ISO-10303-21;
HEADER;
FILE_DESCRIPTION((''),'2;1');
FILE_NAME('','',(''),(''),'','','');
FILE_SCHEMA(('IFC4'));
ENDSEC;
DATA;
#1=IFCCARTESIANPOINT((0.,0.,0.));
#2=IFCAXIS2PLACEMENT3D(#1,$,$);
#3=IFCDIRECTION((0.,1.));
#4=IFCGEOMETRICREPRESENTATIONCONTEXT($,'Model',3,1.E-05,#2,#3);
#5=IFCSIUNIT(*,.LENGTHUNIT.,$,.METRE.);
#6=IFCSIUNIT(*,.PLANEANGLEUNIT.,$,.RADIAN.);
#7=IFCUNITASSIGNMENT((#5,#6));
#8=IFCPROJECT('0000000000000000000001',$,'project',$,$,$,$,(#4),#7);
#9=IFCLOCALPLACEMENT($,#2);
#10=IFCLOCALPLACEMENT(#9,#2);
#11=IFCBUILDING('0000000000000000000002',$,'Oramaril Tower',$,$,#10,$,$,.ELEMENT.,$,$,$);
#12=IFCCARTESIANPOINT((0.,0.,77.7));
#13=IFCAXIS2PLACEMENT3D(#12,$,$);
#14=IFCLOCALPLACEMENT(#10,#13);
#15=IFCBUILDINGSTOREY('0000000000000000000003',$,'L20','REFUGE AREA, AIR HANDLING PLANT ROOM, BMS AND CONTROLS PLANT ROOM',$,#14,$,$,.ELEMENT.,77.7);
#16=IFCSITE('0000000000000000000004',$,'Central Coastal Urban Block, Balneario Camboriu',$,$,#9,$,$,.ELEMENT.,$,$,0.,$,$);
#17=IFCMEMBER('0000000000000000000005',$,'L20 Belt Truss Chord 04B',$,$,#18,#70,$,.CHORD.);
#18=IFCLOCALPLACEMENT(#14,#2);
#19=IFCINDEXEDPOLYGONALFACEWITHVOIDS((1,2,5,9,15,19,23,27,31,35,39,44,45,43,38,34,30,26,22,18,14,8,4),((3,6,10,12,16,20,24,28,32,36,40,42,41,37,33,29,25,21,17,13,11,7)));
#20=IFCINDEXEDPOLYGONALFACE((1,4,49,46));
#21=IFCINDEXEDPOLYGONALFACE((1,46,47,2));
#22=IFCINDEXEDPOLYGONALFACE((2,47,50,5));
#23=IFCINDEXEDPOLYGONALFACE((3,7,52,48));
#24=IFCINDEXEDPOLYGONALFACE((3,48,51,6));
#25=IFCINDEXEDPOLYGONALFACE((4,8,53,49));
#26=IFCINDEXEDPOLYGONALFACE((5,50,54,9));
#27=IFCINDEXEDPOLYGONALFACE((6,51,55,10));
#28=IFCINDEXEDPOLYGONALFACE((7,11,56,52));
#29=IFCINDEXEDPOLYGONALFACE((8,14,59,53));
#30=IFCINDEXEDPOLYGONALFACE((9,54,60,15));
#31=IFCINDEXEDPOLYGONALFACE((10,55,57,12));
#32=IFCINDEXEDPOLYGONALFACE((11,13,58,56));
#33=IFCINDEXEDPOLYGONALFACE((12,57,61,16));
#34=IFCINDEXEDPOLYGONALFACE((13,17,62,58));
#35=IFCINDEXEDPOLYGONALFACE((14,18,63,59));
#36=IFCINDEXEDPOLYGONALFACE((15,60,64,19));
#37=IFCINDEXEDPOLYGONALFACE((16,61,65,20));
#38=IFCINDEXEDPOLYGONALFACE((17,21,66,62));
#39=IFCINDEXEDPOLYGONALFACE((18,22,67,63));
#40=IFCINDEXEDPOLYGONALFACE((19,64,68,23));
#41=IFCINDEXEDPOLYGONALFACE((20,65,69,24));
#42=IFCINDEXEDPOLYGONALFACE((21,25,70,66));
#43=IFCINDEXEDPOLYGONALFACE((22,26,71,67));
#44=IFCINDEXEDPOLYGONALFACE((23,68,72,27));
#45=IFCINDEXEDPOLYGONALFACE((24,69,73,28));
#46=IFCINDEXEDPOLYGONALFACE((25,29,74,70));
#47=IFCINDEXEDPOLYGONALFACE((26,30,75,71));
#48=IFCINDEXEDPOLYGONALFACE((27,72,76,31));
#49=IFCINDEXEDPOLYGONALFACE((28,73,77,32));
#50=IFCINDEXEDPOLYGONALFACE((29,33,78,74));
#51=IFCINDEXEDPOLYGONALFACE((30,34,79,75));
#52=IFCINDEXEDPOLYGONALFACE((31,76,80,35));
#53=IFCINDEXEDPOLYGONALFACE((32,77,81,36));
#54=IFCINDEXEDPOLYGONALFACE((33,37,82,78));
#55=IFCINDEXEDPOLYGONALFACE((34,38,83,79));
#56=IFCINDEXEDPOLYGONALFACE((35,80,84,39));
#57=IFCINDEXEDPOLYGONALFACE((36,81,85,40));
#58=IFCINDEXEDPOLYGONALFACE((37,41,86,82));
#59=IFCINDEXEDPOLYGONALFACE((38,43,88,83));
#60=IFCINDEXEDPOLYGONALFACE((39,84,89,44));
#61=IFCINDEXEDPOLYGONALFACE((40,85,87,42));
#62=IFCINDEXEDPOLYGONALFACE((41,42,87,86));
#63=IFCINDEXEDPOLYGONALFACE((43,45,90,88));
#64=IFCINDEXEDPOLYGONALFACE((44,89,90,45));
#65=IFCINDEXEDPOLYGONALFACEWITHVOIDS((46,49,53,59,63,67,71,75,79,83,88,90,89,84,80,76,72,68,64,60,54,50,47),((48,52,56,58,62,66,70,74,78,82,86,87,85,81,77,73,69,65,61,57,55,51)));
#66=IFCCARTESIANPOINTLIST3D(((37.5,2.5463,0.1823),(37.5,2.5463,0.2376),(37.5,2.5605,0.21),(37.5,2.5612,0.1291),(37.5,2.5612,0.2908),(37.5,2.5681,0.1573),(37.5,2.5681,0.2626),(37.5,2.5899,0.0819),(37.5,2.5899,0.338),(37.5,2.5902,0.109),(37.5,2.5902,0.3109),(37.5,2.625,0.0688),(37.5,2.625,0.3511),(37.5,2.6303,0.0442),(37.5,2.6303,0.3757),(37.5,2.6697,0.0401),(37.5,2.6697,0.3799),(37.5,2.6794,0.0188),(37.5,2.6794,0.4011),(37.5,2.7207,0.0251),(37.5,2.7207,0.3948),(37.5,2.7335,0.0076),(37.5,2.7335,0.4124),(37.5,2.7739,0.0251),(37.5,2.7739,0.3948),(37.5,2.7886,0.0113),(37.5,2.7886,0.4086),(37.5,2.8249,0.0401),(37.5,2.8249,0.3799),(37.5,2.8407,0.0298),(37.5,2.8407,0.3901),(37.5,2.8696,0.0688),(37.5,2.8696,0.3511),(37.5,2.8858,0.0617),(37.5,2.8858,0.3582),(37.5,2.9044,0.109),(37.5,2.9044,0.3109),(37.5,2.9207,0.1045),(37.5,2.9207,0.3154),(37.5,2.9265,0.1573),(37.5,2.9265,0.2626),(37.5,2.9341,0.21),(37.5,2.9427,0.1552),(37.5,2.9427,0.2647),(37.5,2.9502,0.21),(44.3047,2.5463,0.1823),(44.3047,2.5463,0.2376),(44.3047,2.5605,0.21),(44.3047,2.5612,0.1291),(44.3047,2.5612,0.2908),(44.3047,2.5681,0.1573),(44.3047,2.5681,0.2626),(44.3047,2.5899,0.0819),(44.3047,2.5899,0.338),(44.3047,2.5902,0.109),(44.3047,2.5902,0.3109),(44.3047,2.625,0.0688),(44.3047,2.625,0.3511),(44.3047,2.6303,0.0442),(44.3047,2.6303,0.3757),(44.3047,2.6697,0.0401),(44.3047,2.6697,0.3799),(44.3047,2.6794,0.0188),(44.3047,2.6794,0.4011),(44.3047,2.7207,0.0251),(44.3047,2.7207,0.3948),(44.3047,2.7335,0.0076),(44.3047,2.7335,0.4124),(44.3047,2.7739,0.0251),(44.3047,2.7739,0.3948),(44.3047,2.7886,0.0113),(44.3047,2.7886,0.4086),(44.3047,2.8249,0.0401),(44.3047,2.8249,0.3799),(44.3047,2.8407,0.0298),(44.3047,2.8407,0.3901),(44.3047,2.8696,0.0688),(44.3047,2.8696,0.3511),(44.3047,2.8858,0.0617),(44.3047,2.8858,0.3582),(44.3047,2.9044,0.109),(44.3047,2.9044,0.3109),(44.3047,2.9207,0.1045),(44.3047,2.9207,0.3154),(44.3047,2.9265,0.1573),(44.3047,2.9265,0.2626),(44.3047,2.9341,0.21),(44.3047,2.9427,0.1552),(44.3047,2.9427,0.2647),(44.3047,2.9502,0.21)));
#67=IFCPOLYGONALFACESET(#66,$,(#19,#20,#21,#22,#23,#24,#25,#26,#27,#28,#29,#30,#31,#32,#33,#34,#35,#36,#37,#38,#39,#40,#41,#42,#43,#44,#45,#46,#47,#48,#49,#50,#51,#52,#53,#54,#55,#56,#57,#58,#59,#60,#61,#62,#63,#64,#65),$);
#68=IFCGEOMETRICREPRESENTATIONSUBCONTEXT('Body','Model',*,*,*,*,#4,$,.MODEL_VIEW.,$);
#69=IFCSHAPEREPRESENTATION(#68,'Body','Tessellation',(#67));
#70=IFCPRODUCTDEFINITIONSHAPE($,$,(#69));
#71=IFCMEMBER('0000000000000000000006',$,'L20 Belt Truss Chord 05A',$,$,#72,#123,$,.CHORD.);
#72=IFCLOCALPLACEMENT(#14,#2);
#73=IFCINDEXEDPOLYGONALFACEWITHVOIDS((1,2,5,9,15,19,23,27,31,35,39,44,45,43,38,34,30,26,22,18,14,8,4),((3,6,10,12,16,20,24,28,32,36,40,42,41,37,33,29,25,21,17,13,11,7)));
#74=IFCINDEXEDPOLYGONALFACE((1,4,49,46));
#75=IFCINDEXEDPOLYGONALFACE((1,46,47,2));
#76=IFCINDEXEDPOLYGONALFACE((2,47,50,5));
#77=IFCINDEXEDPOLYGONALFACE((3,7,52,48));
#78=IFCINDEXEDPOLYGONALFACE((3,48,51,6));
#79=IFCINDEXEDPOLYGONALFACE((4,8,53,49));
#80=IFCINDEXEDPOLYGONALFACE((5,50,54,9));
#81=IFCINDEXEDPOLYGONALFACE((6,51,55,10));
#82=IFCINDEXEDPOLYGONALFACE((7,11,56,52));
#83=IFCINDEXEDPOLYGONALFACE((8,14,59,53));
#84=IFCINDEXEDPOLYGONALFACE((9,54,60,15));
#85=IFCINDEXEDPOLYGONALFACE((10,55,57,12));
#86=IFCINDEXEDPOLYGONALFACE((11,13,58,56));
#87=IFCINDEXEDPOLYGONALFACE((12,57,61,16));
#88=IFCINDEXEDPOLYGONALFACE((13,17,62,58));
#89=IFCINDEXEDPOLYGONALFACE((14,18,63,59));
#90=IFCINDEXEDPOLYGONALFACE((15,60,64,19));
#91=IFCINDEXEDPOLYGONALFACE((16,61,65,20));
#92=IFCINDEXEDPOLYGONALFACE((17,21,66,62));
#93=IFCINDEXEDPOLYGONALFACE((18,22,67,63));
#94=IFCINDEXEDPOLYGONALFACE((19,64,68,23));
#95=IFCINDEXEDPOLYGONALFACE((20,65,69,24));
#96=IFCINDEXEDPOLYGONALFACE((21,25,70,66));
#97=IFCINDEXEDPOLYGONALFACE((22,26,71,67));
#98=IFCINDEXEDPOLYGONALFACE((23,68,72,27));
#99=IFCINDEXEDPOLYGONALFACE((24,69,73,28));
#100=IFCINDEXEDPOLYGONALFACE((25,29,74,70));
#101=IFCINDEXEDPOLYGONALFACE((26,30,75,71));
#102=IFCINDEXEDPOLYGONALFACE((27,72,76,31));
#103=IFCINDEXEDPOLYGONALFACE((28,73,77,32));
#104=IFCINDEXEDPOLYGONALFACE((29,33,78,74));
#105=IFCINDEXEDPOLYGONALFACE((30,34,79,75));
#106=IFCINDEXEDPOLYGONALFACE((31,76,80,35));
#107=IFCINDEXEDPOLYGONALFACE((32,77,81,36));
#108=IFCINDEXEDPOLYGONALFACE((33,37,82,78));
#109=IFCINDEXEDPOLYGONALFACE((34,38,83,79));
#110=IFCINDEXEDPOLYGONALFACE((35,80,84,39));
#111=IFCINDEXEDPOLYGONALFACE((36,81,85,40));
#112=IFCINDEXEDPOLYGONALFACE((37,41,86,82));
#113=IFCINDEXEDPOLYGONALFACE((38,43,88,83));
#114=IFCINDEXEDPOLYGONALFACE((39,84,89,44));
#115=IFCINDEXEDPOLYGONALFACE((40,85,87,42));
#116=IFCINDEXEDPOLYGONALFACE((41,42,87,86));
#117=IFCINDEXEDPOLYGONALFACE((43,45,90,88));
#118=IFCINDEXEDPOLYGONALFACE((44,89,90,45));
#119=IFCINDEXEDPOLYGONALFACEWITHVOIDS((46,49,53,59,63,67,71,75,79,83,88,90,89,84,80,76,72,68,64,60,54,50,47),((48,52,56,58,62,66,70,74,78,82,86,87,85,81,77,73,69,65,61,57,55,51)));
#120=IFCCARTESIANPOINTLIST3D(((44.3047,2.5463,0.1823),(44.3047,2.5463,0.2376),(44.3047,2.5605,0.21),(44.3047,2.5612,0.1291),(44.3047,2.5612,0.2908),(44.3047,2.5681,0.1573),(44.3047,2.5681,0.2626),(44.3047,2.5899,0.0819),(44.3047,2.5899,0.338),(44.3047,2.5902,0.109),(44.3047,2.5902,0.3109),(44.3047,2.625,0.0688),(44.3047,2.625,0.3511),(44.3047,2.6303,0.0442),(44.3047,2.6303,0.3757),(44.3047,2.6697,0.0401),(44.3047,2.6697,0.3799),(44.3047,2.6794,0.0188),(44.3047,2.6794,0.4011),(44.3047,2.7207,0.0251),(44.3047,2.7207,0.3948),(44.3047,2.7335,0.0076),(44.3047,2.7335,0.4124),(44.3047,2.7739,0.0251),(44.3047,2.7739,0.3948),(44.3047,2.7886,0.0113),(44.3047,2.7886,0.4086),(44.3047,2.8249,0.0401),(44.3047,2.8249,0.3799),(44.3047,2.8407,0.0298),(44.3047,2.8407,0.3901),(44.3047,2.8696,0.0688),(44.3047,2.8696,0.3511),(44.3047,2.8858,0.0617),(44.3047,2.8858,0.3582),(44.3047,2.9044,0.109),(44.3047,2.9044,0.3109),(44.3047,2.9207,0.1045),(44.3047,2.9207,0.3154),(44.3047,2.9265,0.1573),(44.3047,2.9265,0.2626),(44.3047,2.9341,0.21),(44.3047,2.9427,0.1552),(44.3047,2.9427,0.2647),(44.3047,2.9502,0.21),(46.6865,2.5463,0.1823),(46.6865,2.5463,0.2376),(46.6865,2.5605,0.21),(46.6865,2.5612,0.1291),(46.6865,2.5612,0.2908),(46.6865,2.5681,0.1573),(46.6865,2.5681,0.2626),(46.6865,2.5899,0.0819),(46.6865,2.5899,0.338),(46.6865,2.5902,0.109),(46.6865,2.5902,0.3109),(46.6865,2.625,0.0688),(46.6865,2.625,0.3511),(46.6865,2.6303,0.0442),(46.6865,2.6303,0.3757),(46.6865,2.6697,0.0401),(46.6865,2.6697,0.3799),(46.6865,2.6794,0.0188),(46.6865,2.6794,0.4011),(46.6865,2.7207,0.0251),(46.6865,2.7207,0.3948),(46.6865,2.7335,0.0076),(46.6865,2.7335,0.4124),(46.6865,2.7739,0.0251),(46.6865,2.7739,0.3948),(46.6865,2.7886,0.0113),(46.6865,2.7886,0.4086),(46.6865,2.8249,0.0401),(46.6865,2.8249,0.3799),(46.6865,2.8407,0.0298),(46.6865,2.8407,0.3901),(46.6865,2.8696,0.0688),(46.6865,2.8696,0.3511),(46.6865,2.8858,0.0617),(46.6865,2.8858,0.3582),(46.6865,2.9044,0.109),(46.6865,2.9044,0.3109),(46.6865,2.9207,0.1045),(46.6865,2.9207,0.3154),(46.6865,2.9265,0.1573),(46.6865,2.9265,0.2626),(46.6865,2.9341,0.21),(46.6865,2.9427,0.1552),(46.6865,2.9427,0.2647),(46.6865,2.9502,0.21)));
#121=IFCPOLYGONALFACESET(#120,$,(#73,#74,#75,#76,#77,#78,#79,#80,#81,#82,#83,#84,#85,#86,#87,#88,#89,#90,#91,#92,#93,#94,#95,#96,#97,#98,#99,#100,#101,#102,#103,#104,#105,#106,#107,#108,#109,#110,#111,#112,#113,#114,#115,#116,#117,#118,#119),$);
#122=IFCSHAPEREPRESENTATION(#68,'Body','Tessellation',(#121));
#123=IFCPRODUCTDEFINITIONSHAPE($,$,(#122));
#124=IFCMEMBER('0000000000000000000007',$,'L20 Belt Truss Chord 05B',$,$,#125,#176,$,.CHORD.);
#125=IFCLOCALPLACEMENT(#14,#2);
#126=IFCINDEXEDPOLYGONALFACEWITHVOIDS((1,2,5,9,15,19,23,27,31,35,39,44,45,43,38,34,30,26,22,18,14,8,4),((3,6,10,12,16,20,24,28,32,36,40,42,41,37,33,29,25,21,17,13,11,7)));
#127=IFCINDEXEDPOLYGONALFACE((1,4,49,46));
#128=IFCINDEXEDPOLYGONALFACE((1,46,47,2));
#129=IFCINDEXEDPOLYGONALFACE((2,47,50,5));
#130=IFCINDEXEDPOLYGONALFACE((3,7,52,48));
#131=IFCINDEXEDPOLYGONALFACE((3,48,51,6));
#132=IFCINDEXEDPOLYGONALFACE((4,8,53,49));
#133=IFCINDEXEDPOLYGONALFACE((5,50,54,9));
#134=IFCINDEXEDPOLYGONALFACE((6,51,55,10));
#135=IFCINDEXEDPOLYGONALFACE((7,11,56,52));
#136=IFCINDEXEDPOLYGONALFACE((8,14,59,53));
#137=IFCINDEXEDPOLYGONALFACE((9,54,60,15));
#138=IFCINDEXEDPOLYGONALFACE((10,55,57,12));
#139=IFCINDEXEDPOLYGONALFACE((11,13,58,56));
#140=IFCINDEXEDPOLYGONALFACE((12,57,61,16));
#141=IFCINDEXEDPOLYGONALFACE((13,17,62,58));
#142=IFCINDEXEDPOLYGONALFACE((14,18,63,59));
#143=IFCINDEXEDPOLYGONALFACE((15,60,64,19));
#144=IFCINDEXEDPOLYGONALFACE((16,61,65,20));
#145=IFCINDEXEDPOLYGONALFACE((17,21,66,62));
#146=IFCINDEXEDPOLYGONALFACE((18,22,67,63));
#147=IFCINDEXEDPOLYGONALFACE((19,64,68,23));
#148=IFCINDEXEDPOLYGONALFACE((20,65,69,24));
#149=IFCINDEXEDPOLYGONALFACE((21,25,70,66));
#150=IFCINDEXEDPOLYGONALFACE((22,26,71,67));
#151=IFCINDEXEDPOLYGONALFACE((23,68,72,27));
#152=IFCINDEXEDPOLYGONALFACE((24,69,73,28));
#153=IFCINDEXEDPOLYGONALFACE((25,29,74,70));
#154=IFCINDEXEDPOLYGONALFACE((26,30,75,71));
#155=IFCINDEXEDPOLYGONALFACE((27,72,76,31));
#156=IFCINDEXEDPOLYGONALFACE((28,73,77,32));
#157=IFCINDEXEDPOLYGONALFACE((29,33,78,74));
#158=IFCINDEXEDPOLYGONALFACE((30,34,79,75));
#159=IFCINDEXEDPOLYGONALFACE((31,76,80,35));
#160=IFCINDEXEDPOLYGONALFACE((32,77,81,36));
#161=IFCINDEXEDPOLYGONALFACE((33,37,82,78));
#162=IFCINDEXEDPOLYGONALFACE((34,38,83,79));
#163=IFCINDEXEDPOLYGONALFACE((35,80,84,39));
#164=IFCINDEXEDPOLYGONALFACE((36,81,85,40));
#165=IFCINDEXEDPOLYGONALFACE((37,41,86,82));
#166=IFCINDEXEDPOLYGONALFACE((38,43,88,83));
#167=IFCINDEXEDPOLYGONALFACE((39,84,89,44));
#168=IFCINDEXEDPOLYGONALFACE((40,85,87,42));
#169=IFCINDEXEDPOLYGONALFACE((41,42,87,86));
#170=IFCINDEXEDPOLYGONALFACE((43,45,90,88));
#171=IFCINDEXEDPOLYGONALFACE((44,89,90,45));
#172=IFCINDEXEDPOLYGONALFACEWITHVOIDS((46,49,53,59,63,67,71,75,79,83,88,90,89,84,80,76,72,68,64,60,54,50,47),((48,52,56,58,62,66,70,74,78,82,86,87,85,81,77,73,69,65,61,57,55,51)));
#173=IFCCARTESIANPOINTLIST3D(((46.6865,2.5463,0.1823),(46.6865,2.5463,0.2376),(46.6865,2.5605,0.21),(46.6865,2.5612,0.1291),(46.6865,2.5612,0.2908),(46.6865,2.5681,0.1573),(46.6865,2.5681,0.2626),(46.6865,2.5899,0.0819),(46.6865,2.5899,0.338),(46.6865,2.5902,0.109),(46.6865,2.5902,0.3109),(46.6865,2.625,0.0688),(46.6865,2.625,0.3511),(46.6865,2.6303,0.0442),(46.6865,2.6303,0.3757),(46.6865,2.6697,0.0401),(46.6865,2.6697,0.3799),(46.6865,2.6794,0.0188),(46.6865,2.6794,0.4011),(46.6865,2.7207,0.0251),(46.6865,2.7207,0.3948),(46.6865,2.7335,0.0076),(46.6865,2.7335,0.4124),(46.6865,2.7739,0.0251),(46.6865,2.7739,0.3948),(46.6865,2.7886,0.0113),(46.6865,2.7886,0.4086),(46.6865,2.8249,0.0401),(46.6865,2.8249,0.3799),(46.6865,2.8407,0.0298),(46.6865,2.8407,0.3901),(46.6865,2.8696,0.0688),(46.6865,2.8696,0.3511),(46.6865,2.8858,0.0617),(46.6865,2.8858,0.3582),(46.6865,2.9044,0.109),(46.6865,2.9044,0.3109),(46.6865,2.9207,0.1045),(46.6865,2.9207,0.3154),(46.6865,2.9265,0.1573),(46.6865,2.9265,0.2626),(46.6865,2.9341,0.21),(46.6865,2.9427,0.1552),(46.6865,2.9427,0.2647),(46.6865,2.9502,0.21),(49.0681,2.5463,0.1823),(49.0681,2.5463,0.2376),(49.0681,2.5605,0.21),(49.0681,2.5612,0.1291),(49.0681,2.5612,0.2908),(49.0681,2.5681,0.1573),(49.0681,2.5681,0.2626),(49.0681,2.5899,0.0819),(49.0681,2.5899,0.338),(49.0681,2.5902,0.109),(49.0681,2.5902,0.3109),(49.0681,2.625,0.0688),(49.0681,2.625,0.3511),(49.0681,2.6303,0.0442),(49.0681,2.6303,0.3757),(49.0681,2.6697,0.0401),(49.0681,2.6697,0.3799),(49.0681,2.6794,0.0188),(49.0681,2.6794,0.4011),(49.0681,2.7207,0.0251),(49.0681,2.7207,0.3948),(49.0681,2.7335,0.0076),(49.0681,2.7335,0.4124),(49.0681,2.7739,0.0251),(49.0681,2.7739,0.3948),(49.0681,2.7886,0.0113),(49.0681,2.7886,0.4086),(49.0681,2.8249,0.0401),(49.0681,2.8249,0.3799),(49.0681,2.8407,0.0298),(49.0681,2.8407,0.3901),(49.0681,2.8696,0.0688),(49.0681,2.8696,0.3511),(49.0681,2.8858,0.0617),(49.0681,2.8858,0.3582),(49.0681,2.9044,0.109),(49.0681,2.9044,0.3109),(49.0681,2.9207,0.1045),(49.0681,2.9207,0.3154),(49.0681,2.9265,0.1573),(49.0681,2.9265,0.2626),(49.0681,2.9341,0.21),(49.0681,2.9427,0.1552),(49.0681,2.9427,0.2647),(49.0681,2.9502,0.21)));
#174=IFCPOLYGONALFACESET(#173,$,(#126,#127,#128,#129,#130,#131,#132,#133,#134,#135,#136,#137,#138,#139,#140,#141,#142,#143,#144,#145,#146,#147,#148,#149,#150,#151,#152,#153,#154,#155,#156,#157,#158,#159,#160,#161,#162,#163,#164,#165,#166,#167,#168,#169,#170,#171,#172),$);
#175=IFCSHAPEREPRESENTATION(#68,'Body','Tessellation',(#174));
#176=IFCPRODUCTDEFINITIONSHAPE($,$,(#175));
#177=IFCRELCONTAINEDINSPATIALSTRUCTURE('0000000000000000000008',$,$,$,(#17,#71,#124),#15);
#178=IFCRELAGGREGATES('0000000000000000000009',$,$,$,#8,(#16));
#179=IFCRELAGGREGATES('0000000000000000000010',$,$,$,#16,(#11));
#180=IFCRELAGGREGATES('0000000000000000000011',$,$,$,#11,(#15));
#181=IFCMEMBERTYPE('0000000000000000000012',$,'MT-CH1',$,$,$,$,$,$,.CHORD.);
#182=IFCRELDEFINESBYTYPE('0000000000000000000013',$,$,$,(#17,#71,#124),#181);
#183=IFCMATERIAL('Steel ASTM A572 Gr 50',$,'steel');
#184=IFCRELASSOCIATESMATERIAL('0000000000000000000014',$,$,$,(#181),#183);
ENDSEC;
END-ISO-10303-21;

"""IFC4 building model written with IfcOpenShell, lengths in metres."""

from ifc_helpers import new_model, si_unit, direction, frame, origin, origin_2d, place, context, subcontext, project, spatial, hollow_circle, extrude, material, material_profile, profile_set, type_object, element, save


model = new_model("IFC4")

# Units and contexts
model_context = context("Model", 3, precision=1e-05, world=origin(), true_north=direction((0.0, 1.0)))
body_context = subcontext(model_context, "Body", "Model", "MODEL_VIEW")
ifc_project = project(units=[si_unit("LENGTHUNIT", "METRE"), si_unit("PLANEANGLEUNIT", "RADIAN")], contexts=[model_context])

# Site, building, storey
site_placement = place(None, origin())
site = spatial("IfcSite", under=ifc_project, at=site_placement, Name="Central Coastal Urban Block, Balneario Camboriu", CompositionType="ELEMENT", RefElevation=0.0)
building_placement = place(site_placement, origin())
building = spatial("IfcBuilding", under=site, at=building_placement, Name="Oramaril Tower", CompositionType="ELEMENT")
storey_placement = place(building_placement, frame((0.0, 0.0, 77.7)))
storey = spatial("IfcBuildingStorey", under=building, at=storey_placement, Name="L20", Description="REFUGE AREA, AIR HANDLING PLANT ROOM, BMS AND CONTROLS PLANT ROOM", CompositionType="ELEMENT", Elevation=77.7)

# Members
ifc_material_1 = material(Name="Steel ASTM A572 Gr 50", Category="steel")
ifc_material_profile_1 = material_profile(ifc_material_1, hollow_circle(Radius=0.2029, WallThickness=0.0161, at=origin_2d()), Name="CHS406X16")
ifc_profile_set_1 = profile_set([ifc_material_profile_1], Name="Steel ASTM A572 Gr 50")
member_type_1 = type_object("IfcMemberType", Name="MT-CH1", PredefinedType="CHORD", material=ifc_profile_set_1)
member_1_placement = place(storey_placement, frame((37.5, 2.7473, 0.21), z_axis=(1.0, 0.0, 0.0), x_axis=(0.0, 1.0, 0.0)))
element("IfcMember", 1, at=member_1_placement, inside=storey, type_object=member_type_1, Name="L20 Belt Truss Chord 04B", PredefinedType="CHORD", context=body_context, shape_type="SweptSolid", body=[
    extrude(hollow_circle(Radius=0.2029, WallThickness=0.0161, at=origin_2d()), origin(), (0.0, 0.0, 1.0), 6.8047),
])
member_2_placement = place(storey_placement, frame((44.3047, 2.7473, 0.21), z_axis=(1.0, 0.0, 0.0), x_axis=(0.0, 1.0, 0.0)))
element("IfcMember", 2, at=member_2_placement, inside=storey, type_object=member_type_1, Name="L20 Belt Truss Chord 05A", PredefinedType="CHORD", context=body_context, shape_type="SweptSolid", body=[
    extrude(hollow_circle(Radius=0.2029, WallThickness=0.0161, at=origin_2d()), origin(), (0.0, 0.0, 1.0), 2.3818),
])
member_3_placement = place(storey_placement, frame((46.6865, 2.7473, 0.21), z_axis=(1.0, 0.0, 0.0), x_axis=(0.0, 1.0, 0.0)))
element("IfcMember", 3, at=member_3_placement, inside=storey, type_object=member_type_1, Name="L20 Belt Truss Chord 05B", PredefinedType="CHORD", context=body_context, shape_type="SweptSolid", body=[
    extrude(hollow_circle(Radius=0.2029, WallThickness=0.0161, at=origin_2d()), origin(), (0.0, 0.0, 1.0), 2.3816),
])

save(model, "model.ifc")
